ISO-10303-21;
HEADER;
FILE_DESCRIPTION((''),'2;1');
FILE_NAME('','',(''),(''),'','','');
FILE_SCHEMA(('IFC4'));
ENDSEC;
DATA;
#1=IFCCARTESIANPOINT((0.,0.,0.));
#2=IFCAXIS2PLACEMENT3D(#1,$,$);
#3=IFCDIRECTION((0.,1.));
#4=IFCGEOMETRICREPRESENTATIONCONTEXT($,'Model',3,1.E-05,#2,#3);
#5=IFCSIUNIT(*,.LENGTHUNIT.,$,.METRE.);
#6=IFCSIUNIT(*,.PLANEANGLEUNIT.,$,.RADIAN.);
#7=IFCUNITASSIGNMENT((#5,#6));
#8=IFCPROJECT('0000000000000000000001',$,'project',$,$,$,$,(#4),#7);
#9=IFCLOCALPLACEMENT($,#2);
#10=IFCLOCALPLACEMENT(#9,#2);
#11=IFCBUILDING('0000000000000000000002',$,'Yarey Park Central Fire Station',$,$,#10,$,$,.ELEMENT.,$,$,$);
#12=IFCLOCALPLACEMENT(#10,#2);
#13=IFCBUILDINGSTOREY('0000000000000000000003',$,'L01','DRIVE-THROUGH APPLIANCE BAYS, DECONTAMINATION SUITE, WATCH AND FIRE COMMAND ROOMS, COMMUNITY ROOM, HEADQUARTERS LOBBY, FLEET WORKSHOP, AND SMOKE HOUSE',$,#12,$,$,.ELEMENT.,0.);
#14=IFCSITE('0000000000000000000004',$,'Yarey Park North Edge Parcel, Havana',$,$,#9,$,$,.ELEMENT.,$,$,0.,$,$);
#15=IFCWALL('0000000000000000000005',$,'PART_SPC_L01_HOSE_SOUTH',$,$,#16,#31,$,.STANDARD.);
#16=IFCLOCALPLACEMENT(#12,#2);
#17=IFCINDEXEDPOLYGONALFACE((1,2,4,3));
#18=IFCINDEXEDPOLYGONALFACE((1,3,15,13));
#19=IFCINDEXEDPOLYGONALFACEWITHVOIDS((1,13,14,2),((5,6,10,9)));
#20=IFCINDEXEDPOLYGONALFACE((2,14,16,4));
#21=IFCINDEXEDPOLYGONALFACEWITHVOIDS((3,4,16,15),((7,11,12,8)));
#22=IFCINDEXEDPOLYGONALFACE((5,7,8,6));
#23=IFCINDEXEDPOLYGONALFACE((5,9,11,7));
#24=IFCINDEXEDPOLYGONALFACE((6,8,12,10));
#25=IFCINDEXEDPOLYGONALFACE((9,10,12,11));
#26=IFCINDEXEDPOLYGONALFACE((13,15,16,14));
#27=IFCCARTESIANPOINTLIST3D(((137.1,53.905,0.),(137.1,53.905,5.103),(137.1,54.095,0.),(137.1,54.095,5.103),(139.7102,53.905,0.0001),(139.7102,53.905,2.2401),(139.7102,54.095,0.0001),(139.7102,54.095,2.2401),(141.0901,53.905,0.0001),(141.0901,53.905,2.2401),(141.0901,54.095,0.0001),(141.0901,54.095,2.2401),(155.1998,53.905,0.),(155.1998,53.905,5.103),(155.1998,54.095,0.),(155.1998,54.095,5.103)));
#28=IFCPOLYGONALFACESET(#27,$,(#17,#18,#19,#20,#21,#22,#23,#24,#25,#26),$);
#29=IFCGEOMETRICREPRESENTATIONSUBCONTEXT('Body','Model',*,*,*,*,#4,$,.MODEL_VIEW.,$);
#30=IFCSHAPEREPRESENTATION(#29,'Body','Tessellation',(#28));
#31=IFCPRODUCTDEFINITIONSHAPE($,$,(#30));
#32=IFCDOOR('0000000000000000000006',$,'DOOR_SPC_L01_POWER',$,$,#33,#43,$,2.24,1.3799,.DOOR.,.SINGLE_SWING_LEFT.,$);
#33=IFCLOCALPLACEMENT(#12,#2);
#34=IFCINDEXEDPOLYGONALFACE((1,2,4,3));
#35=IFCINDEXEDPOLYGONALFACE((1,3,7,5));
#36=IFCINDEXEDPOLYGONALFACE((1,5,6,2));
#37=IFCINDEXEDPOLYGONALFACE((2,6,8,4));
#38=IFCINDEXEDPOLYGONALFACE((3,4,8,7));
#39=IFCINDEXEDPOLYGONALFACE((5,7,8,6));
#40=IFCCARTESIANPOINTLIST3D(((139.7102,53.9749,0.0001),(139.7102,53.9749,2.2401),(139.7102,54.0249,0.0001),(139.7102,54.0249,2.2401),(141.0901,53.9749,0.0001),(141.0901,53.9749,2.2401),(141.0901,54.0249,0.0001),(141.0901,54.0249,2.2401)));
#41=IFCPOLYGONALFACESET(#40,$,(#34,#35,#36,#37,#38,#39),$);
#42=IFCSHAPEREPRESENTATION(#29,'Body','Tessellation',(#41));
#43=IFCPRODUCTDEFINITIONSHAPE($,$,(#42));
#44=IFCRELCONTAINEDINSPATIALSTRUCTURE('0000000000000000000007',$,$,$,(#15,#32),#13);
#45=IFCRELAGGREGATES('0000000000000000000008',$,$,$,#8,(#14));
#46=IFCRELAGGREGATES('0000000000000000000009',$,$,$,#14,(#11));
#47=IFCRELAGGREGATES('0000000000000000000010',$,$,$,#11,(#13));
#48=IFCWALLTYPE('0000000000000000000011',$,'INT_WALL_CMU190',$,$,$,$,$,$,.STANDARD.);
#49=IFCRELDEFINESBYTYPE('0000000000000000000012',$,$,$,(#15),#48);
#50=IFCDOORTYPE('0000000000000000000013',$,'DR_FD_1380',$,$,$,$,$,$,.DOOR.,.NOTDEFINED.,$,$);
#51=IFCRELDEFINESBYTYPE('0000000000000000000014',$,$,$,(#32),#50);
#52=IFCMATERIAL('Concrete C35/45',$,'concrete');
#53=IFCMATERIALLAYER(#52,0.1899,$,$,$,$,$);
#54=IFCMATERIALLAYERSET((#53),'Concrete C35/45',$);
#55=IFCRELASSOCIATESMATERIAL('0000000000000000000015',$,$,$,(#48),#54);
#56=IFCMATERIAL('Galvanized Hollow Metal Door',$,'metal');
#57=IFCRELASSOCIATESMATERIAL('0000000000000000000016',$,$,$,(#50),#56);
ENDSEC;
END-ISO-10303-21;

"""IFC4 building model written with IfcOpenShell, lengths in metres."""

from ifc_helpers import new_model, si_unit, direction, frame, frame_2d, origin, place, context, subcontext, project, spatial, rectangle, extrude, material, layer, layer_set, type_object, element, fill, save


model = new_model("IFC4")

# Units and contexts
model_context = context("Model", 3, precision=1e-05, world=origin(), true_north=direction((0.0, 1.0)))
body_context = subcontext(model_context, "Body", "Model", "MODEL_VIEW")
ifc_project = project(units=[si_unit("LENGTHUNIT", "METRE"), si_unit("PLANEANGLEUNIT", "RADIAN")], contexts=[model_context])

# Site, building, storey
site_placement = place(None, origin())
site = spatial("IfcSite", under=ifc_project, at=site_placement, Name="Yarey Park North Edge Parcel, Havana", CompositionType="ELEMENT", RefElevation=0.0)
building_placement = place(site_placement, origin())
building = spatial("IfcBuilding", under=site, at=building_placement, Name="Yarey Park Central Fire Station", CompositionType="ELEMENT")
storey_placement = place(building_placement, origin())
storey = spatial("IfcBuildingStorey", under=building, at=storey_placement, Name="L01", Description="DRIVE-THROUGH APPLIANCE BAYS, DECONTAMINATION SUITE, WATCH AND FIRE COMMAND ROOMS, COMMUNITY ROOM, HEADQUARTERS LOBBY, FLEET WORKSHOP, AND SMOKE HOUSE", CompositionType="ELEMENT", Elevation=0.0)

# Shared definitions
ifc_material_1 = material(Name="Concrete C35/45", Category="concrete")

# Wall, opening, door
ifc_layer_1 = layer(ifc_material_1, 0.1899)
ifc_layer_set_1 = layer_set([ifc_layer_1], Name="Concrete C35/45")
wall_type_1 = type_object("IfcWallType", Name="INT_WALL_CMU190", PredefinedType="STANDARD", material=ifc_layer_set_1)
wall_1_placement = place(storey_placement, frame((137.1001, 54.0, 0.0), z_axis=(0.0, 0.0, 1.0), x_axis=(1.0, 0.0, 0.0)))
wall_1 = element("IfcWall", 1, at=wall_1_placement, inside=storey, type_object=wall_type_1, Name="PART_SPC_L01_HOSE_SOUTH", PredefinedType="STANDARD", context=body_context, shape_type="SweptSolid", body=[
    extrude(rectangle(XDim=18.0999, YDim=0.1899, at=frame_2d((9.0498, 0.0))), origin(), (0.0, 0.0, 1.0), 5.103),
])
opening_placement = place(wall_1_placement, frame((2.6101, 0.0, 0.0)))
opening = element("IfcOpeningElement", 2, at=opening_placement, cuts=wall_1, PredefinedType="OPENING", context=body_context, shape_type="SweptSolid", body=[
    extrude(rectangle(XDim=1.3799, YDim=2.24, at=frame_2d((0.6899, 1.1201))), frame((0.0, 0.105, 0.0), z_axis=(0.0, -1.0, 0.0), x_axis=(1.0, 0.0, 0.0)), (0.0, 0.0, 1.0), 0.21),
])
ifc_material_2 = material(Name="Galvanized Hollow Metal Door", Category="metal")
door_type = type_object("IfcDoorType", Name="DR_FD_1380", OperationType="NOTDEFINED", PredefinedType="DOOR", material=ifc_material_2)
door_placement = place(opening_placement, origin())
door = element("IfcDoor", 3, at=door_placement, inside=storey, type_object=door_type, Name="DOOR_SPC_L01_POWER", OperationType="SINGLE_SWING_LEFT", OverallHeight=2.24, OverallWidth=1.3799, PredefinedType="DOOR", context=body_context, shape_type="SweptSolid", body=[
    extrude(rectangle(XDim=1.3799, YDim=2.24, at=frame_2d((0.6899, 1.1201))), frame((0.0, 0.0249, 0.0), z_axis=(0.0, -1.0, 0.0), x_axis=(1.0, 0.0, 0.0)), (0.0, 0.0, 1.0), 0.05),
])
fill(opening, door)

save(model, "model.ifc")
